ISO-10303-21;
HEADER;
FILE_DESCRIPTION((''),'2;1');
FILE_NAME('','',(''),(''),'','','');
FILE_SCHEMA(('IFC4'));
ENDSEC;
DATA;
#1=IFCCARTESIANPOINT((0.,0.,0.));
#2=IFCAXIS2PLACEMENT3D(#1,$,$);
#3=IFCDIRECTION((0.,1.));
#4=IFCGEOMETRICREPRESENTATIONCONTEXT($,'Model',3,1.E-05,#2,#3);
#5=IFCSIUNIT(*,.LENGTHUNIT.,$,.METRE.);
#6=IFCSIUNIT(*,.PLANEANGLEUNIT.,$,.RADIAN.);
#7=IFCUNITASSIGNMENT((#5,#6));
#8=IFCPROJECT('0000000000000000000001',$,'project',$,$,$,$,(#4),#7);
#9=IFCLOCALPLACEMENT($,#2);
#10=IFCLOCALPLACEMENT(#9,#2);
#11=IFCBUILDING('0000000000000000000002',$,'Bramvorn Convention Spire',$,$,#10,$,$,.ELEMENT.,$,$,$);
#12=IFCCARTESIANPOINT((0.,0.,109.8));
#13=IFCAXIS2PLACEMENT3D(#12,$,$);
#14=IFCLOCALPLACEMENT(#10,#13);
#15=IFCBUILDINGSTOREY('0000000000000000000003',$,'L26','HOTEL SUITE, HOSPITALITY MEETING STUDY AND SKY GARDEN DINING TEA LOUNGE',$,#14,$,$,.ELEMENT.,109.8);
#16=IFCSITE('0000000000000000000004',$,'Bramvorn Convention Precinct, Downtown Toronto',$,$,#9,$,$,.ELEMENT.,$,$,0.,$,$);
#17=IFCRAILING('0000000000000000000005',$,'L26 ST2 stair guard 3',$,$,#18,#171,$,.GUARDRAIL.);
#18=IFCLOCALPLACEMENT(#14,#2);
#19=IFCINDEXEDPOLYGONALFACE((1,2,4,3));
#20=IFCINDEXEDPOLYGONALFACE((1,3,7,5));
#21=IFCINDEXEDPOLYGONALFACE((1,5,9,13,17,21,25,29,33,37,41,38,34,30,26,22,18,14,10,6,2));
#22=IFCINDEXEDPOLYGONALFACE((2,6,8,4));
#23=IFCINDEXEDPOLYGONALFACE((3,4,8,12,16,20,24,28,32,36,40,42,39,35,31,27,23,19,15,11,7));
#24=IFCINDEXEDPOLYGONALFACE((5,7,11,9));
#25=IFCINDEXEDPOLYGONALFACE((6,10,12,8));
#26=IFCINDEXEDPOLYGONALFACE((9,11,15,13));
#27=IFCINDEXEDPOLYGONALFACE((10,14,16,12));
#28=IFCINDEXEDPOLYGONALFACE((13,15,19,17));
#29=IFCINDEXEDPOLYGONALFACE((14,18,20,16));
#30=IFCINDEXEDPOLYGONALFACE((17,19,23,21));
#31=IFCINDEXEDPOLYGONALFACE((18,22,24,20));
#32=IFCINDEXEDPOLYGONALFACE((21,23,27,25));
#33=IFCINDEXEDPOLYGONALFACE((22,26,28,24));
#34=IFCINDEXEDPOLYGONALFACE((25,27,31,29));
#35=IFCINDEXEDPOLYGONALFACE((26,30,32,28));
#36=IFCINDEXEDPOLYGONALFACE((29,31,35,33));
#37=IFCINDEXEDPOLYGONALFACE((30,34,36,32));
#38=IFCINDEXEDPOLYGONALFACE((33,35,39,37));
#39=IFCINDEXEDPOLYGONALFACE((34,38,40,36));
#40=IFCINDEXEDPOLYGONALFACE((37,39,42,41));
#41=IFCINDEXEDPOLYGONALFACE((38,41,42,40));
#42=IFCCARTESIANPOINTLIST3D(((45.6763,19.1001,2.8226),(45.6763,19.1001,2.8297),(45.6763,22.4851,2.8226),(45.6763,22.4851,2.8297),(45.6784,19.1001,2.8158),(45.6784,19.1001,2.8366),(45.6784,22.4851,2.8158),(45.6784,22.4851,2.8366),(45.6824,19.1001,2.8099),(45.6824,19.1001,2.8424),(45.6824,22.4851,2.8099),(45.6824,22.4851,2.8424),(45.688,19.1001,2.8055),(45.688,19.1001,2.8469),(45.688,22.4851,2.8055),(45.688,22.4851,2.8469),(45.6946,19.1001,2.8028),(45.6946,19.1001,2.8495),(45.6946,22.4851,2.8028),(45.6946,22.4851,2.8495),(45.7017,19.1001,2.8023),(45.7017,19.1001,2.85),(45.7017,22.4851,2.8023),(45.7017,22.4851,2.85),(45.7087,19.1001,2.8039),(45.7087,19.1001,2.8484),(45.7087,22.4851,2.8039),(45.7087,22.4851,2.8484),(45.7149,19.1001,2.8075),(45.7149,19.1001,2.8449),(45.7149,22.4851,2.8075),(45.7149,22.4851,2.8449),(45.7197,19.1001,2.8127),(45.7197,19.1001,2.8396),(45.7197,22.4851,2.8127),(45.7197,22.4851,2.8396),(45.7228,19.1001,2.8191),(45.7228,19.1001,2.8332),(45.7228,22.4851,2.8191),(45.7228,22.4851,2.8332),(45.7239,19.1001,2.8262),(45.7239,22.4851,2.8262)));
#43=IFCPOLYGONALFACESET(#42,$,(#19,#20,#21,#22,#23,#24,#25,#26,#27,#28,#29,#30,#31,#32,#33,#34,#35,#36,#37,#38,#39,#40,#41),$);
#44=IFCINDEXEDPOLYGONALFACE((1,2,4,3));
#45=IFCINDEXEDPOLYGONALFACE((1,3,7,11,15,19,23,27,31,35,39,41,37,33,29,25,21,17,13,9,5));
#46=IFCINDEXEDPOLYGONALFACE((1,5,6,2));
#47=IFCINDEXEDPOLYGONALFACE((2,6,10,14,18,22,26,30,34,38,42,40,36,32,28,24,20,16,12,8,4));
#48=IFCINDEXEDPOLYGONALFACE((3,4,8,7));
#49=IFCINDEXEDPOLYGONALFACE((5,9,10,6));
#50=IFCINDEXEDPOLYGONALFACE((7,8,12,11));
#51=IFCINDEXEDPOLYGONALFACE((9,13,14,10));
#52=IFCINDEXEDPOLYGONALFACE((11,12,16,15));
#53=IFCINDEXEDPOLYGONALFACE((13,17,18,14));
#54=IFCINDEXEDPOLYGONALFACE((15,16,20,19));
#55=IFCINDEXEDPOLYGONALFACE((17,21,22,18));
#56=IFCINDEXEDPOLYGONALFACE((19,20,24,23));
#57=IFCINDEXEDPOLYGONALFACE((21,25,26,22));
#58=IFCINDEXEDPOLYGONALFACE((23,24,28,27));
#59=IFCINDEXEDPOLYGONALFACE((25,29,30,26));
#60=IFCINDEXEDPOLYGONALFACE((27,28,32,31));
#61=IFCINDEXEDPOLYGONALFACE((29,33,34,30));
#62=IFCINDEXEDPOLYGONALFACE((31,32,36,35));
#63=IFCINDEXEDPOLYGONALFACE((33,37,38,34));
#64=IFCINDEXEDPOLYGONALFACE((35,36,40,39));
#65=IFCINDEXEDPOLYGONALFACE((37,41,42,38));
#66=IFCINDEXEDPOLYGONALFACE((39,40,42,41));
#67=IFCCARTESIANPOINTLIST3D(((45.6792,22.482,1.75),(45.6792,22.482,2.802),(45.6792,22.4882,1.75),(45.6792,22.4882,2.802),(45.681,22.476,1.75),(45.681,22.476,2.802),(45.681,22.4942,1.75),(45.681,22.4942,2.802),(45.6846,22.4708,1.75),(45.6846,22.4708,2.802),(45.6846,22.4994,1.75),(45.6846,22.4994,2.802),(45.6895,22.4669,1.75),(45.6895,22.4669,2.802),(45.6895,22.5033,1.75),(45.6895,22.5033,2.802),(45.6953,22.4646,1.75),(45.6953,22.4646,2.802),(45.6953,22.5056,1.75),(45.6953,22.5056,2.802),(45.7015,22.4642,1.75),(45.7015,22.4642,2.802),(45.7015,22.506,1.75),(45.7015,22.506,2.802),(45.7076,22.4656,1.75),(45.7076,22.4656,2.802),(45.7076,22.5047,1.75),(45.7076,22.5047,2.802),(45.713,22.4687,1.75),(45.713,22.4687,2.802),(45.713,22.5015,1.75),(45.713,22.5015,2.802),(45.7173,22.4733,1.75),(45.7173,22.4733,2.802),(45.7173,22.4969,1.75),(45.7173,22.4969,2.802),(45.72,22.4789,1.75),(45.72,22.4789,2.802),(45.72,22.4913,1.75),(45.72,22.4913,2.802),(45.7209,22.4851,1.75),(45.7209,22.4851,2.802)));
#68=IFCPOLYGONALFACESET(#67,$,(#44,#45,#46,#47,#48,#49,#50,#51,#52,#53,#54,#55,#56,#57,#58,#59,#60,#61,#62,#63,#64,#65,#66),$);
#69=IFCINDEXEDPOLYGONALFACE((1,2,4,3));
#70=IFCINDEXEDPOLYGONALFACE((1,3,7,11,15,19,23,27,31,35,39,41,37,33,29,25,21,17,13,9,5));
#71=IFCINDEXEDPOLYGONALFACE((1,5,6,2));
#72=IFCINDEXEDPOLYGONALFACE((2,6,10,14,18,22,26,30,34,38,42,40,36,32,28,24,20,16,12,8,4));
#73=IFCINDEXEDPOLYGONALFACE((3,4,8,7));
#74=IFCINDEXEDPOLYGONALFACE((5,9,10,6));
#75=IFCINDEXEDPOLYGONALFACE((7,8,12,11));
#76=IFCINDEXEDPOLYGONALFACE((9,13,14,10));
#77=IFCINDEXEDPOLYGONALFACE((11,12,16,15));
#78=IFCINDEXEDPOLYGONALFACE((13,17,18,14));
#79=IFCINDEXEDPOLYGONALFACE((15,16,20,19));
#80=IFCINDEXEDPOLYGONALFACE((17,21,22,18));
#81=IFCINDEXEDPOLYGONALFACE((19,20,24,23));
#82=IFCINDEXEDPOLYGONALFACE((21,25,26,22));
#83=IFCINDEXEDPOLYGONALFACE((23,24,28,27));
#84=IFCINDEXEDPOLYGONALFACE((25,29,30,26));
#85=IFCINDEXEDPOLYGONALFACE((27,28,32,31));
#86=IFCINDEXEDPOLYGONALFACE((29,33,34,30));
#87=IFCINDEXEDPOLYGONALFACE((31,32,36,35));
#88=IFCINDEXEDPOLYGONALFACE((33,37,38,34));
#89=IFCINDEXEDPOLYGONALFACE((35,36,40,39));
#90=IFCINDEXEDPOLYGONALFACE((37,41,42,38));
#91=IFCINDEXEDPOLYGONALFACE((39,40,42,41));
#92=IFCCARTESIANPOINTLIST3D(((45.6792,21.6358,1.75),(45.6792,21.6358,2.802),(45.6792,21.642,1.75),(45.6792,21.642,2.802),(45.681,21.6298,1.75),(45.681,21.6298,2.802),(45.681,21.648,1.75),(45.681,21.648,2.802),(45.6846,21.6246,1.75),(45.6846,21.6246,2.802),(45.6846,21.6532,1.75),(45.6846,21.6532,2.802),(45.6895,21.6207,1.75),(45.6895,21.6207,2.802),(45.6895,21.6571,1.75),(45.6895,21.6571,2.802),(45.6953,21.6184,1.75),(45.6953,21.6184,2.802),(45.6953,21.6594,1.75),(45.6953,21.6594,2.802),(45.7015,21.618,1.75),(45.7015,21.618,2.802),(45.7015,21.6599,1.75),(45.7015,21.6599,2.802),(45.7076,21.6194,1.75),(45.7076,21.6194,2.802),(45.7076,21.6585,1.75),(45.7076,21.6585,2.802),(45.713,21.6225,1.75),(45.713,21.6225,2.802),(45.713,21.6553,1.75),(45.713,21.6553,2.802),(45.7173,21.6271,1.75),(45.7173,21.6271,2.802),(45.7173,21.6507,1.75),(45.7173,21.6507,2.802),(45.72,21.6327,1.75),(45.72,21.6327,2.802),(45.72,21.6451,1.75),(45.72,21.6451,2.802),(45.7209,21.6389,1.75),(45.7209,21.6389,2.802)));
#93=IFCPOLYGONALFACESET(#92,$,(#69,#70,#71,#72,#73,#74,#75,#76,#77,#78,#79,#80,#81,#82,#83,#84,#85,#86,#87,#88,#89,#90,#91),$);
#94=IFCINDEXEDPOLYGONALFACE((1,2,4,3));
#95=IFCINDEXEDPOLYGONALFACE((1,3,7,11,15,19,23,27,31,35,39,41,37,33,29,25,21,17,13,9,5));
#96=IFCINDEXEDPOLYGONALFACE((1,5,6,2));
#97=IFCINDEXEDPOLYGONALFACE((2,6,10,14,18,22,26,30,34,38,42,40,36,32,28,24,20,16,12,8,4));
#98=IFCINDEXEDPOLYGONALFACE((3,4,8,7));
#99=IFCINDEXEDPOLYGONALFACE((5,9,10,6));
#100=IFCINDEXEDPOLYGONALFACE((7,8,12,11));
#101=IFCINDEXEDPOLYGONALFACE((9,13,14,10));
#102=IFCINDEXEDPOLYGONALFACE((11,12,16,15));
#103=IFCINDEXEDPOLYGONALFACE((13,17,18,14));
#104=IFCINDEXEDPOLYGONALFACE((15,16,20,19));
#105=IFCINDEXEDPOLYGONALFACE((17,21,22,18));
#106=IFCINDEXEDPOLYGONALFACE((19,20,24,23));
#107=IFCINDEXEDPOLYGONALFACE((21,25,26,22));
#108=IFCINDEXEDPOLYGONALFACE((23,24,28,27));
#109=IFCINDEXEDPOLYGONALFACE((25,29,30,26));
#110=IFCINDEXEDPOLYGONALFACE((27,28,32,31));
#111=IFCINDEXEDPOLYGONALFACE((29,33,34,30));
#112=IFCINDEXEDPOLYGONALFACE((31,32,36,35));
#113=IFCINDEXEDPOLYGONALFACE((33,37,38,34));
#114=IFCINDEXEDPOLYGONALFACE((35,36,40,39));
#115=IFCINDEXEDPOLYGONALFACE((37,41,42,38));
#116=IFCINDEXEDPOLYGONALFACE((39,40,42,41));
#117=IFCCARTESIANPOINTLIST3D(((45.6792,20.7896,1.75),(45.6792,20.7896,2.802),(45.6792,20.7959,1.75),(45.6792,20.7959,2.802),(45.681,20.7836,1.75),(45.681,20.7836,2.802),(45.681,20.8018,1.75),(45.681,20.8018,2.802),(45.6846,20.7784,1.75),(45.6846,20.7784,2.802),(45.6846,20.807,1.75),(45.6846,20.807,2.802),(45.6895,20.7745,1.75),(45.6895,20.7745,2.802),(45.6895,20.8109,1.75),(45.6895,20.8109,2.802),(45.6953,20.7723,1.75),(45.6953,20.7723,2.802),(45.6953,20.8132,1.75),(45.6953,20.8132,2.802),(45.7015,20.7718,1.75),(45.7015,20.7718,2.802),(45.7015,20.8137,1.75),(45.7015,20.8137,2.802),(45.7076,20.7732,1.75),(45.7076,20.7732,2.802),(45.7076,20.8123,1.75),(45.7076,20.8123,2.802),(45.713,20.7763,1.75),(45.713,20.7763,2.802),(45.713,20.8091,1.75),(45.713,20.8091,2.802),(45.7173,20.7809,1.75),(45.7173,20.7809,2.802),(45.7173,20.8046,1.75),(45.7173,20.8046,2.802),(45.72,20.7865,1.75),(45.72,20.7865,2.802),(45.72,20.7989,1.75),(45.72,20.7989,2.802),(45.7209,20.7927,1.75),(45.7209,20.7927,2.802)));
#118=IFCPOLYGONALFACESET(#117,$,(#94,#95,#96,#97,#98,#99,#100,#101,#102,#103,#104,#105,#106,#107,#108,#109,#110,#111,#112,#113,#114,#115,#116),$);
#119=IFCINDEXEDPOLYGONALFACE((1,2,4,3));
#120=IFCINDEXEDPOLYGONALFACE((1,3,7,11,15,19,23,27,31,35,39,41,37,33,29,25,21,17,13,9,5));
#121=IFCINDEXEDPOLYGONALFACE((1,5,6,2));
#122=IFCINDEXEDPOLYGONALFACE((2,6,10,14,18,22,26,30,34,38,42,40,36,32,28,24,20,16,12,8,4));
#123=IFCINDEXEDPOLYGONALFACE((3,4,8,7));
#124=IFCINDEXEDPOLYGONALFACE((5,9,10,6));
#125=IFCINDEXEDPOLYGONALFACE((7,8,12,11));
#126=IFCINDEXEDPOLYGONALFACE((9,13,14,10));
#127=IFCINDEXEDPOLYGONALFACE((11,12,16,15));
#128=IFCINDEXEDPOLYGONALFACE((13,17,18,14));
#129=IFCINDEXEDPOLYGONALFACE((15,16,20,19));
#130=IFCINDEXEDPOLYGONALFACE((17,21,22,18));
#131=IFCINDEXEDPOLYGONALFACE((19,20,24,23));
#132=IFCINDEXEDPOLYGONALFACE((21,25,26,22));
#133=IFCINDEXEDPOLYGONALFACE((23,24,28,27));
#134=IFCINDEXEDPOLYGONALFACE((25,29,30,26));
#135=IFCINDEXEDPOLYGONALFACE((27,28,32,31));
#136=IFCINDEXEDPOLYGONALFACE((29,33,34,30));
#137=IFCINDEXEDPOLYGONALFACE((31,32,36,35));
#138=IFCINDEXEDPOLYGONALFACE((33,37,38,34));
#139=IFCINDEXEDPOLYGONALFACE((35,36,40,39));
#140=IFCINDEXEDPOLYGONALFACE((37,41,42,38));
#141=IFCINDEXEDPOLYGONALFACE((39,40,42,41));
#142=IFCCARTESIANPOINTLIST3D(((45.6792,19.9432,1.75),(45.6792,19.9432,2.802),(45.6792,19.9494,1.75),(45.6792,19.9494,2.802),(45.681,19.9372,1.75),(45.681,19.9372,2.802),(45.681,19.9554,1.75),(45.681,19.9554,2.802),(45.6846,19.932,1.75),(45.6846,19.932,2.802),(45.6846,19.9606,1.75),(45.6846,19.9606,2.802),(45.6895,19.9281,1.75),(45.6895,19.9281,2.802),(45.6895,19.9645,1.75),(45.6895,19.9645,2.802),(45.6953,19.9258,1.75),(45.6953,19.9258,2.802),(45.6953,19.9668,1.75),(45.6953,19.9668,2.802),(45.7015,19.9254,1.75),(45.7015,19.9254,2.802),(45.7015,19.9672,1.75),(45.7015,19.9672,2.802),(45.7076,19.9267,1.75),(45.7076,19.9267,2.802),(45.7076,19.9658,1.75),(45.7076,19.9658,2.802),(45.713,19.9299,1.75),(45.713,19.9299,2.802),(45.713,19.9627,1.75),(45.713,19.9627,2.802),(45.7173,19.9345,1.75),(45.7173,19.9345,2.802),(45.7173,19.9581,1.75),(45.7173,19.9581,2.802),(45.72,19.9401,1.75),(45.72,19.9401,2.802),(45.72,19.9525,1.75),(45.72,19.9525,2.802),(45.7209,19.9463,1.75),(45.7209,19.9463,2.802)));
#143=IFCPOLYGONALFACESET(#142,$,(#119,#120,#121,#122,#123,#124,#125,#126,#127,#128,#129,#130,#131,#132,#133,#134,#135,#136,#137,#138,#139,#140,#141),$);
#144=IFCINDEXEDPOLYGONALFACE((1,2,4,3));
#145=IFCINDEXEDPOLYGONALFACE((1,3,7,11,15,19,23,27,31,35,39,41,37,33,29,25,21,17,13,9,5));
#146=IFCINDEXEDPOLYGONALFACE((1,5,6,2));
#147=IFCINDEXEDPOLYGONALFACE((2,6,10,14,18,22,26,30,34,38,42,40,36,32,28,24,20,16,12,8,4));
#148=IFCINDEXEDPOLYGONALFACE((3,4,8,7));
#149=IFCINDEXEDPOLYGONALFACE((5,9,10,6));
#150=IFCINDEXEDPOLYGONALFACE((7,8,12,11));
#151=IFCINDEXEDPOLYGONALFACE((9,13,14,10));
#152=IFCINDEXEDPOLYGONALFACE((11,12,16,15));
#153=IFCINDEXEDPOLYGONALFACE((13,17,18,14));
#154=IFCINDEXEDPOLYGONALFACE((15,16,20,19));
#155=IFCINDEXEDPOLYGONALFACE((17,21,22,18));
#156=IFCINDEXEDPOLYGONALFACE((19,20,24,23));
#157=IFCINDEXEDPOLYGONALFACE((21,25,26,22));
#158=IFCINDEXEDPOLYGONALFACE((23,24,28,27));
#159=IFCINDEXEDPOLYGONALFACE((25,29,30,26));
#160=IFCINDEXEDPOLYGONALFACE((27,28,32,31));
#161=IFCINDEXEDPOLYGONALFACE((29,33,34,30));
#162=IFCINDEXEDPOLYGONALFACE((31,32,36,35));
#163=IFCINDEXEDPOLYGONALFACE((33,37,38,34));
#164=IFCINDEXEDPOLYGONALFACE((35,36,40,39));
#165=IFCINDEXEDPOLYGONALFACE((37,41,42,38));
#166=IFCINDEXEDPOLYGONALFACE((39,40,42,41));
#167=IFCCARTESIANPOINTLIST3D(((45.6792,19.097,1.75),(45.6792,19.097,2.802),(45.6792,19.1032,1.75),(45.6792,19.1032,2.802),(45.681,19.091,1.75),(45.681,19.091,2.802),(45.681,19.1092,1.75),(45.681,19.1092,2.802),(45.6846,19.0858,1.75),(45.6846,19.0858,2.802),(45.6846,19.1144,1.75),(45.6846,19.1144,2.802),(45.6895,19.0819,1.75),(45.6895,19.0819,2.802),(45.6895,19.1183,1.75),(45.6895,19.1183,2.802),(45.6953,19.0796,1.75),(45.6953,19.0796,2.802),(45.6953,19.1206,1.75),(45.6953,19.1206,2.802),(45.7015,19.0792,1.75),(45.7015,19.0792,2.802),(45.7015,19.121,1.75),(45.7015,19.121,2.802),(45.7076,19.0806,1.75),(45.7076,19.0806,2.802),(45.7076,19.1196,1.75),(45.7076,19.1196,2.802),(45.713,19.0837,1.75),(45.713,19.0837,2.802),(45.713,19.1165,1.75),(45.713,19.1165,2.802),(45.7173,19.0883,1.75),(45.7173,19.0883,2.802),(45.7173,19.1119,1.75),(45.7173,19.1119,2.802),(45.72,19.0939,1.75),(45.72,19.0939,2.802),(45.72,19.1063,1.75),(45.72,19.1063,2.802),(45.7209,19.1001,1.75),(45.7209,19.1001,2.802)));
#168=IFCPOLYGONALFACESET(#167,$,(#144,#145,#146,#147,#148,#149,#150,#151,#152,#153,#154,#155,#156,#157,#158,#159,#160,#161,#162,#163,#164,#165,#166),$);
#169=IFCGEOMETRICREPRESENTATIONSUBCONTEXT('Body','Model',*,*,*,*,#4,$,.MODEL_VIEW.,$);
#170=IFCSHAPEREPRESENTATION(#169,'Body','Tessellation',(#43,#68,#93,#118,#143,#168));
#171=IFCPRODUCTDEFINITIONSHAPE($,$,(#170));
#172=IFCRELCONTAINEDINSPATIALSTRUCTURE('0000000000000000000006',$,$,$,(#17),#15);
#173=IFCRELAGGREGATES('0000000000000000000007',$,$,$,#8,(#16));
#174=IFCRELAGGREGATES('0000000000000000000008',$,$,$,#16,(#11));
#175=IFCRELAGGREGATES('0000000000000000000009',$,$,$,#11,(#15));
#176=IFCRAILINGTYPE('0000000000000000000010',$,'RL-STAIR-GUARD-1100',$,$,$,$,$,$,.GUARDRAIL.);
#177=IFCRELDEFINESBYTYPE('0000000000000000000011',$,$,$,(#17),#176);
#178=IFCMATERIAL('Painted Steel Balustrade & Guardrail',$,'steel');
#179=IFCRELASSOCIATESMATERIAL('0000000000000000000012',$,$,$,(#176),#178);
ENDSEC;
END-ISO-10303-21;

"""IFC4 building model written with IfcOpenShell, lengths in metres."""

from ifc_helpers import new_model, si_unit, direction, frame, origin, origin_2d, place, context, subcontext, project, spatial, circle, extrude, material, type_object, element, save


model = new_model("IFC4")

# Units and contexts
model_context = context("Model", 3, precision=1e-05, world=origin(), true_north=direction((0.0, 1.0)))
body_context = subcontext(model_context, "Body", "Model", "MODEL_VIEW")
ifc_project = project(units=[si_unit("LENGTHUNIT", "METRE"), si_unit("PLANEANGLEUNIT", "RADIAN")], contexts=[model_context])

# Site, building, storey
site_placement = place(None, origin())
site = spatial("IfcSite", under=ifc_project, at=site_placement, Name="Bramvorn Convention Precinct, Downtown Toronto", CompositionType="ELEMENT", RefElevation=0.0)
building_placement = place(site_placement, origin())
building = spatial("IfcBuilding", under=site, at=building_placement, Name="Bramvorn Convention Spire", CompositionType="ELEMENT")
storey_placement = place(building_placement, frame((0.0, 0.0, 109.8)))
storey = spatial("IfcBuildingStorey", under=building, at=storey_placement, Name="L26", Description="HOTEL SUITE, HOSPITALITY MEETING STUDY AND SKY GARDEN DINING TEA LOUNGE", CompositionType="ELEMENT", Elevation=109.8)

# Railing
ifc_material_1 = material(Name="Painted Steel Balustrade & Guardrail", Category="steel")
railing_type_1 = type_object("IfcRailingType", Name="RL-STAIR-GUARD-1100", PredefinedType="GUARDRAIL", material=ifc_material_1)
railing_1_placement = place(storey_placement, frame((45.7, 22.4851, 1.75)))
element("IfcRailing", 1, at=railing_1_placement, inside=storey, type_object=railing_type_1, Name="L26 ST2 stair guard 3", PredefinedType="GUARDRAIL", context=body_context, shape_type="SweptSolid", body=[
    extrude(circle(Radius=0.0239, at=origin_2d()), frame((0.0, 0.0, 1.0762), z_axis=(0.0, -1.0, 0.0), x_axis=(1.0, 0.0, 0.0)), (0.0, 0.0, 1.0), 3.385),
    extrude(circle(Radius=0.021, at=origin_2d()), origin(), (0.0, 0.0, 1.0), 1.052),
    extrude(circle(Radius=0.021, at=origin_2d()), frame((0.0, -0.8462, 0.0)), (0.0, 0.0, 1.0), 1.052),
    extrude(circle(Radius=0.021, at=origin_2d()), frame((0.0, -1.6924, 0.0)), (0.0, 0.0, 1.0), 1.052),
    extrude(circle(Radius=0.021, at=origin_2d()), frame((0.0, -2.5388, 0.0)), (0.0, 0.0, 1.0), 1.052),
    extrude(circle(Radius=0.021, at=origin_2d()), frame((0.0, -3.385, 0.0)), (0.0, 0.0, 1.0), 1.052),
])

save(model, "model.ifc")
